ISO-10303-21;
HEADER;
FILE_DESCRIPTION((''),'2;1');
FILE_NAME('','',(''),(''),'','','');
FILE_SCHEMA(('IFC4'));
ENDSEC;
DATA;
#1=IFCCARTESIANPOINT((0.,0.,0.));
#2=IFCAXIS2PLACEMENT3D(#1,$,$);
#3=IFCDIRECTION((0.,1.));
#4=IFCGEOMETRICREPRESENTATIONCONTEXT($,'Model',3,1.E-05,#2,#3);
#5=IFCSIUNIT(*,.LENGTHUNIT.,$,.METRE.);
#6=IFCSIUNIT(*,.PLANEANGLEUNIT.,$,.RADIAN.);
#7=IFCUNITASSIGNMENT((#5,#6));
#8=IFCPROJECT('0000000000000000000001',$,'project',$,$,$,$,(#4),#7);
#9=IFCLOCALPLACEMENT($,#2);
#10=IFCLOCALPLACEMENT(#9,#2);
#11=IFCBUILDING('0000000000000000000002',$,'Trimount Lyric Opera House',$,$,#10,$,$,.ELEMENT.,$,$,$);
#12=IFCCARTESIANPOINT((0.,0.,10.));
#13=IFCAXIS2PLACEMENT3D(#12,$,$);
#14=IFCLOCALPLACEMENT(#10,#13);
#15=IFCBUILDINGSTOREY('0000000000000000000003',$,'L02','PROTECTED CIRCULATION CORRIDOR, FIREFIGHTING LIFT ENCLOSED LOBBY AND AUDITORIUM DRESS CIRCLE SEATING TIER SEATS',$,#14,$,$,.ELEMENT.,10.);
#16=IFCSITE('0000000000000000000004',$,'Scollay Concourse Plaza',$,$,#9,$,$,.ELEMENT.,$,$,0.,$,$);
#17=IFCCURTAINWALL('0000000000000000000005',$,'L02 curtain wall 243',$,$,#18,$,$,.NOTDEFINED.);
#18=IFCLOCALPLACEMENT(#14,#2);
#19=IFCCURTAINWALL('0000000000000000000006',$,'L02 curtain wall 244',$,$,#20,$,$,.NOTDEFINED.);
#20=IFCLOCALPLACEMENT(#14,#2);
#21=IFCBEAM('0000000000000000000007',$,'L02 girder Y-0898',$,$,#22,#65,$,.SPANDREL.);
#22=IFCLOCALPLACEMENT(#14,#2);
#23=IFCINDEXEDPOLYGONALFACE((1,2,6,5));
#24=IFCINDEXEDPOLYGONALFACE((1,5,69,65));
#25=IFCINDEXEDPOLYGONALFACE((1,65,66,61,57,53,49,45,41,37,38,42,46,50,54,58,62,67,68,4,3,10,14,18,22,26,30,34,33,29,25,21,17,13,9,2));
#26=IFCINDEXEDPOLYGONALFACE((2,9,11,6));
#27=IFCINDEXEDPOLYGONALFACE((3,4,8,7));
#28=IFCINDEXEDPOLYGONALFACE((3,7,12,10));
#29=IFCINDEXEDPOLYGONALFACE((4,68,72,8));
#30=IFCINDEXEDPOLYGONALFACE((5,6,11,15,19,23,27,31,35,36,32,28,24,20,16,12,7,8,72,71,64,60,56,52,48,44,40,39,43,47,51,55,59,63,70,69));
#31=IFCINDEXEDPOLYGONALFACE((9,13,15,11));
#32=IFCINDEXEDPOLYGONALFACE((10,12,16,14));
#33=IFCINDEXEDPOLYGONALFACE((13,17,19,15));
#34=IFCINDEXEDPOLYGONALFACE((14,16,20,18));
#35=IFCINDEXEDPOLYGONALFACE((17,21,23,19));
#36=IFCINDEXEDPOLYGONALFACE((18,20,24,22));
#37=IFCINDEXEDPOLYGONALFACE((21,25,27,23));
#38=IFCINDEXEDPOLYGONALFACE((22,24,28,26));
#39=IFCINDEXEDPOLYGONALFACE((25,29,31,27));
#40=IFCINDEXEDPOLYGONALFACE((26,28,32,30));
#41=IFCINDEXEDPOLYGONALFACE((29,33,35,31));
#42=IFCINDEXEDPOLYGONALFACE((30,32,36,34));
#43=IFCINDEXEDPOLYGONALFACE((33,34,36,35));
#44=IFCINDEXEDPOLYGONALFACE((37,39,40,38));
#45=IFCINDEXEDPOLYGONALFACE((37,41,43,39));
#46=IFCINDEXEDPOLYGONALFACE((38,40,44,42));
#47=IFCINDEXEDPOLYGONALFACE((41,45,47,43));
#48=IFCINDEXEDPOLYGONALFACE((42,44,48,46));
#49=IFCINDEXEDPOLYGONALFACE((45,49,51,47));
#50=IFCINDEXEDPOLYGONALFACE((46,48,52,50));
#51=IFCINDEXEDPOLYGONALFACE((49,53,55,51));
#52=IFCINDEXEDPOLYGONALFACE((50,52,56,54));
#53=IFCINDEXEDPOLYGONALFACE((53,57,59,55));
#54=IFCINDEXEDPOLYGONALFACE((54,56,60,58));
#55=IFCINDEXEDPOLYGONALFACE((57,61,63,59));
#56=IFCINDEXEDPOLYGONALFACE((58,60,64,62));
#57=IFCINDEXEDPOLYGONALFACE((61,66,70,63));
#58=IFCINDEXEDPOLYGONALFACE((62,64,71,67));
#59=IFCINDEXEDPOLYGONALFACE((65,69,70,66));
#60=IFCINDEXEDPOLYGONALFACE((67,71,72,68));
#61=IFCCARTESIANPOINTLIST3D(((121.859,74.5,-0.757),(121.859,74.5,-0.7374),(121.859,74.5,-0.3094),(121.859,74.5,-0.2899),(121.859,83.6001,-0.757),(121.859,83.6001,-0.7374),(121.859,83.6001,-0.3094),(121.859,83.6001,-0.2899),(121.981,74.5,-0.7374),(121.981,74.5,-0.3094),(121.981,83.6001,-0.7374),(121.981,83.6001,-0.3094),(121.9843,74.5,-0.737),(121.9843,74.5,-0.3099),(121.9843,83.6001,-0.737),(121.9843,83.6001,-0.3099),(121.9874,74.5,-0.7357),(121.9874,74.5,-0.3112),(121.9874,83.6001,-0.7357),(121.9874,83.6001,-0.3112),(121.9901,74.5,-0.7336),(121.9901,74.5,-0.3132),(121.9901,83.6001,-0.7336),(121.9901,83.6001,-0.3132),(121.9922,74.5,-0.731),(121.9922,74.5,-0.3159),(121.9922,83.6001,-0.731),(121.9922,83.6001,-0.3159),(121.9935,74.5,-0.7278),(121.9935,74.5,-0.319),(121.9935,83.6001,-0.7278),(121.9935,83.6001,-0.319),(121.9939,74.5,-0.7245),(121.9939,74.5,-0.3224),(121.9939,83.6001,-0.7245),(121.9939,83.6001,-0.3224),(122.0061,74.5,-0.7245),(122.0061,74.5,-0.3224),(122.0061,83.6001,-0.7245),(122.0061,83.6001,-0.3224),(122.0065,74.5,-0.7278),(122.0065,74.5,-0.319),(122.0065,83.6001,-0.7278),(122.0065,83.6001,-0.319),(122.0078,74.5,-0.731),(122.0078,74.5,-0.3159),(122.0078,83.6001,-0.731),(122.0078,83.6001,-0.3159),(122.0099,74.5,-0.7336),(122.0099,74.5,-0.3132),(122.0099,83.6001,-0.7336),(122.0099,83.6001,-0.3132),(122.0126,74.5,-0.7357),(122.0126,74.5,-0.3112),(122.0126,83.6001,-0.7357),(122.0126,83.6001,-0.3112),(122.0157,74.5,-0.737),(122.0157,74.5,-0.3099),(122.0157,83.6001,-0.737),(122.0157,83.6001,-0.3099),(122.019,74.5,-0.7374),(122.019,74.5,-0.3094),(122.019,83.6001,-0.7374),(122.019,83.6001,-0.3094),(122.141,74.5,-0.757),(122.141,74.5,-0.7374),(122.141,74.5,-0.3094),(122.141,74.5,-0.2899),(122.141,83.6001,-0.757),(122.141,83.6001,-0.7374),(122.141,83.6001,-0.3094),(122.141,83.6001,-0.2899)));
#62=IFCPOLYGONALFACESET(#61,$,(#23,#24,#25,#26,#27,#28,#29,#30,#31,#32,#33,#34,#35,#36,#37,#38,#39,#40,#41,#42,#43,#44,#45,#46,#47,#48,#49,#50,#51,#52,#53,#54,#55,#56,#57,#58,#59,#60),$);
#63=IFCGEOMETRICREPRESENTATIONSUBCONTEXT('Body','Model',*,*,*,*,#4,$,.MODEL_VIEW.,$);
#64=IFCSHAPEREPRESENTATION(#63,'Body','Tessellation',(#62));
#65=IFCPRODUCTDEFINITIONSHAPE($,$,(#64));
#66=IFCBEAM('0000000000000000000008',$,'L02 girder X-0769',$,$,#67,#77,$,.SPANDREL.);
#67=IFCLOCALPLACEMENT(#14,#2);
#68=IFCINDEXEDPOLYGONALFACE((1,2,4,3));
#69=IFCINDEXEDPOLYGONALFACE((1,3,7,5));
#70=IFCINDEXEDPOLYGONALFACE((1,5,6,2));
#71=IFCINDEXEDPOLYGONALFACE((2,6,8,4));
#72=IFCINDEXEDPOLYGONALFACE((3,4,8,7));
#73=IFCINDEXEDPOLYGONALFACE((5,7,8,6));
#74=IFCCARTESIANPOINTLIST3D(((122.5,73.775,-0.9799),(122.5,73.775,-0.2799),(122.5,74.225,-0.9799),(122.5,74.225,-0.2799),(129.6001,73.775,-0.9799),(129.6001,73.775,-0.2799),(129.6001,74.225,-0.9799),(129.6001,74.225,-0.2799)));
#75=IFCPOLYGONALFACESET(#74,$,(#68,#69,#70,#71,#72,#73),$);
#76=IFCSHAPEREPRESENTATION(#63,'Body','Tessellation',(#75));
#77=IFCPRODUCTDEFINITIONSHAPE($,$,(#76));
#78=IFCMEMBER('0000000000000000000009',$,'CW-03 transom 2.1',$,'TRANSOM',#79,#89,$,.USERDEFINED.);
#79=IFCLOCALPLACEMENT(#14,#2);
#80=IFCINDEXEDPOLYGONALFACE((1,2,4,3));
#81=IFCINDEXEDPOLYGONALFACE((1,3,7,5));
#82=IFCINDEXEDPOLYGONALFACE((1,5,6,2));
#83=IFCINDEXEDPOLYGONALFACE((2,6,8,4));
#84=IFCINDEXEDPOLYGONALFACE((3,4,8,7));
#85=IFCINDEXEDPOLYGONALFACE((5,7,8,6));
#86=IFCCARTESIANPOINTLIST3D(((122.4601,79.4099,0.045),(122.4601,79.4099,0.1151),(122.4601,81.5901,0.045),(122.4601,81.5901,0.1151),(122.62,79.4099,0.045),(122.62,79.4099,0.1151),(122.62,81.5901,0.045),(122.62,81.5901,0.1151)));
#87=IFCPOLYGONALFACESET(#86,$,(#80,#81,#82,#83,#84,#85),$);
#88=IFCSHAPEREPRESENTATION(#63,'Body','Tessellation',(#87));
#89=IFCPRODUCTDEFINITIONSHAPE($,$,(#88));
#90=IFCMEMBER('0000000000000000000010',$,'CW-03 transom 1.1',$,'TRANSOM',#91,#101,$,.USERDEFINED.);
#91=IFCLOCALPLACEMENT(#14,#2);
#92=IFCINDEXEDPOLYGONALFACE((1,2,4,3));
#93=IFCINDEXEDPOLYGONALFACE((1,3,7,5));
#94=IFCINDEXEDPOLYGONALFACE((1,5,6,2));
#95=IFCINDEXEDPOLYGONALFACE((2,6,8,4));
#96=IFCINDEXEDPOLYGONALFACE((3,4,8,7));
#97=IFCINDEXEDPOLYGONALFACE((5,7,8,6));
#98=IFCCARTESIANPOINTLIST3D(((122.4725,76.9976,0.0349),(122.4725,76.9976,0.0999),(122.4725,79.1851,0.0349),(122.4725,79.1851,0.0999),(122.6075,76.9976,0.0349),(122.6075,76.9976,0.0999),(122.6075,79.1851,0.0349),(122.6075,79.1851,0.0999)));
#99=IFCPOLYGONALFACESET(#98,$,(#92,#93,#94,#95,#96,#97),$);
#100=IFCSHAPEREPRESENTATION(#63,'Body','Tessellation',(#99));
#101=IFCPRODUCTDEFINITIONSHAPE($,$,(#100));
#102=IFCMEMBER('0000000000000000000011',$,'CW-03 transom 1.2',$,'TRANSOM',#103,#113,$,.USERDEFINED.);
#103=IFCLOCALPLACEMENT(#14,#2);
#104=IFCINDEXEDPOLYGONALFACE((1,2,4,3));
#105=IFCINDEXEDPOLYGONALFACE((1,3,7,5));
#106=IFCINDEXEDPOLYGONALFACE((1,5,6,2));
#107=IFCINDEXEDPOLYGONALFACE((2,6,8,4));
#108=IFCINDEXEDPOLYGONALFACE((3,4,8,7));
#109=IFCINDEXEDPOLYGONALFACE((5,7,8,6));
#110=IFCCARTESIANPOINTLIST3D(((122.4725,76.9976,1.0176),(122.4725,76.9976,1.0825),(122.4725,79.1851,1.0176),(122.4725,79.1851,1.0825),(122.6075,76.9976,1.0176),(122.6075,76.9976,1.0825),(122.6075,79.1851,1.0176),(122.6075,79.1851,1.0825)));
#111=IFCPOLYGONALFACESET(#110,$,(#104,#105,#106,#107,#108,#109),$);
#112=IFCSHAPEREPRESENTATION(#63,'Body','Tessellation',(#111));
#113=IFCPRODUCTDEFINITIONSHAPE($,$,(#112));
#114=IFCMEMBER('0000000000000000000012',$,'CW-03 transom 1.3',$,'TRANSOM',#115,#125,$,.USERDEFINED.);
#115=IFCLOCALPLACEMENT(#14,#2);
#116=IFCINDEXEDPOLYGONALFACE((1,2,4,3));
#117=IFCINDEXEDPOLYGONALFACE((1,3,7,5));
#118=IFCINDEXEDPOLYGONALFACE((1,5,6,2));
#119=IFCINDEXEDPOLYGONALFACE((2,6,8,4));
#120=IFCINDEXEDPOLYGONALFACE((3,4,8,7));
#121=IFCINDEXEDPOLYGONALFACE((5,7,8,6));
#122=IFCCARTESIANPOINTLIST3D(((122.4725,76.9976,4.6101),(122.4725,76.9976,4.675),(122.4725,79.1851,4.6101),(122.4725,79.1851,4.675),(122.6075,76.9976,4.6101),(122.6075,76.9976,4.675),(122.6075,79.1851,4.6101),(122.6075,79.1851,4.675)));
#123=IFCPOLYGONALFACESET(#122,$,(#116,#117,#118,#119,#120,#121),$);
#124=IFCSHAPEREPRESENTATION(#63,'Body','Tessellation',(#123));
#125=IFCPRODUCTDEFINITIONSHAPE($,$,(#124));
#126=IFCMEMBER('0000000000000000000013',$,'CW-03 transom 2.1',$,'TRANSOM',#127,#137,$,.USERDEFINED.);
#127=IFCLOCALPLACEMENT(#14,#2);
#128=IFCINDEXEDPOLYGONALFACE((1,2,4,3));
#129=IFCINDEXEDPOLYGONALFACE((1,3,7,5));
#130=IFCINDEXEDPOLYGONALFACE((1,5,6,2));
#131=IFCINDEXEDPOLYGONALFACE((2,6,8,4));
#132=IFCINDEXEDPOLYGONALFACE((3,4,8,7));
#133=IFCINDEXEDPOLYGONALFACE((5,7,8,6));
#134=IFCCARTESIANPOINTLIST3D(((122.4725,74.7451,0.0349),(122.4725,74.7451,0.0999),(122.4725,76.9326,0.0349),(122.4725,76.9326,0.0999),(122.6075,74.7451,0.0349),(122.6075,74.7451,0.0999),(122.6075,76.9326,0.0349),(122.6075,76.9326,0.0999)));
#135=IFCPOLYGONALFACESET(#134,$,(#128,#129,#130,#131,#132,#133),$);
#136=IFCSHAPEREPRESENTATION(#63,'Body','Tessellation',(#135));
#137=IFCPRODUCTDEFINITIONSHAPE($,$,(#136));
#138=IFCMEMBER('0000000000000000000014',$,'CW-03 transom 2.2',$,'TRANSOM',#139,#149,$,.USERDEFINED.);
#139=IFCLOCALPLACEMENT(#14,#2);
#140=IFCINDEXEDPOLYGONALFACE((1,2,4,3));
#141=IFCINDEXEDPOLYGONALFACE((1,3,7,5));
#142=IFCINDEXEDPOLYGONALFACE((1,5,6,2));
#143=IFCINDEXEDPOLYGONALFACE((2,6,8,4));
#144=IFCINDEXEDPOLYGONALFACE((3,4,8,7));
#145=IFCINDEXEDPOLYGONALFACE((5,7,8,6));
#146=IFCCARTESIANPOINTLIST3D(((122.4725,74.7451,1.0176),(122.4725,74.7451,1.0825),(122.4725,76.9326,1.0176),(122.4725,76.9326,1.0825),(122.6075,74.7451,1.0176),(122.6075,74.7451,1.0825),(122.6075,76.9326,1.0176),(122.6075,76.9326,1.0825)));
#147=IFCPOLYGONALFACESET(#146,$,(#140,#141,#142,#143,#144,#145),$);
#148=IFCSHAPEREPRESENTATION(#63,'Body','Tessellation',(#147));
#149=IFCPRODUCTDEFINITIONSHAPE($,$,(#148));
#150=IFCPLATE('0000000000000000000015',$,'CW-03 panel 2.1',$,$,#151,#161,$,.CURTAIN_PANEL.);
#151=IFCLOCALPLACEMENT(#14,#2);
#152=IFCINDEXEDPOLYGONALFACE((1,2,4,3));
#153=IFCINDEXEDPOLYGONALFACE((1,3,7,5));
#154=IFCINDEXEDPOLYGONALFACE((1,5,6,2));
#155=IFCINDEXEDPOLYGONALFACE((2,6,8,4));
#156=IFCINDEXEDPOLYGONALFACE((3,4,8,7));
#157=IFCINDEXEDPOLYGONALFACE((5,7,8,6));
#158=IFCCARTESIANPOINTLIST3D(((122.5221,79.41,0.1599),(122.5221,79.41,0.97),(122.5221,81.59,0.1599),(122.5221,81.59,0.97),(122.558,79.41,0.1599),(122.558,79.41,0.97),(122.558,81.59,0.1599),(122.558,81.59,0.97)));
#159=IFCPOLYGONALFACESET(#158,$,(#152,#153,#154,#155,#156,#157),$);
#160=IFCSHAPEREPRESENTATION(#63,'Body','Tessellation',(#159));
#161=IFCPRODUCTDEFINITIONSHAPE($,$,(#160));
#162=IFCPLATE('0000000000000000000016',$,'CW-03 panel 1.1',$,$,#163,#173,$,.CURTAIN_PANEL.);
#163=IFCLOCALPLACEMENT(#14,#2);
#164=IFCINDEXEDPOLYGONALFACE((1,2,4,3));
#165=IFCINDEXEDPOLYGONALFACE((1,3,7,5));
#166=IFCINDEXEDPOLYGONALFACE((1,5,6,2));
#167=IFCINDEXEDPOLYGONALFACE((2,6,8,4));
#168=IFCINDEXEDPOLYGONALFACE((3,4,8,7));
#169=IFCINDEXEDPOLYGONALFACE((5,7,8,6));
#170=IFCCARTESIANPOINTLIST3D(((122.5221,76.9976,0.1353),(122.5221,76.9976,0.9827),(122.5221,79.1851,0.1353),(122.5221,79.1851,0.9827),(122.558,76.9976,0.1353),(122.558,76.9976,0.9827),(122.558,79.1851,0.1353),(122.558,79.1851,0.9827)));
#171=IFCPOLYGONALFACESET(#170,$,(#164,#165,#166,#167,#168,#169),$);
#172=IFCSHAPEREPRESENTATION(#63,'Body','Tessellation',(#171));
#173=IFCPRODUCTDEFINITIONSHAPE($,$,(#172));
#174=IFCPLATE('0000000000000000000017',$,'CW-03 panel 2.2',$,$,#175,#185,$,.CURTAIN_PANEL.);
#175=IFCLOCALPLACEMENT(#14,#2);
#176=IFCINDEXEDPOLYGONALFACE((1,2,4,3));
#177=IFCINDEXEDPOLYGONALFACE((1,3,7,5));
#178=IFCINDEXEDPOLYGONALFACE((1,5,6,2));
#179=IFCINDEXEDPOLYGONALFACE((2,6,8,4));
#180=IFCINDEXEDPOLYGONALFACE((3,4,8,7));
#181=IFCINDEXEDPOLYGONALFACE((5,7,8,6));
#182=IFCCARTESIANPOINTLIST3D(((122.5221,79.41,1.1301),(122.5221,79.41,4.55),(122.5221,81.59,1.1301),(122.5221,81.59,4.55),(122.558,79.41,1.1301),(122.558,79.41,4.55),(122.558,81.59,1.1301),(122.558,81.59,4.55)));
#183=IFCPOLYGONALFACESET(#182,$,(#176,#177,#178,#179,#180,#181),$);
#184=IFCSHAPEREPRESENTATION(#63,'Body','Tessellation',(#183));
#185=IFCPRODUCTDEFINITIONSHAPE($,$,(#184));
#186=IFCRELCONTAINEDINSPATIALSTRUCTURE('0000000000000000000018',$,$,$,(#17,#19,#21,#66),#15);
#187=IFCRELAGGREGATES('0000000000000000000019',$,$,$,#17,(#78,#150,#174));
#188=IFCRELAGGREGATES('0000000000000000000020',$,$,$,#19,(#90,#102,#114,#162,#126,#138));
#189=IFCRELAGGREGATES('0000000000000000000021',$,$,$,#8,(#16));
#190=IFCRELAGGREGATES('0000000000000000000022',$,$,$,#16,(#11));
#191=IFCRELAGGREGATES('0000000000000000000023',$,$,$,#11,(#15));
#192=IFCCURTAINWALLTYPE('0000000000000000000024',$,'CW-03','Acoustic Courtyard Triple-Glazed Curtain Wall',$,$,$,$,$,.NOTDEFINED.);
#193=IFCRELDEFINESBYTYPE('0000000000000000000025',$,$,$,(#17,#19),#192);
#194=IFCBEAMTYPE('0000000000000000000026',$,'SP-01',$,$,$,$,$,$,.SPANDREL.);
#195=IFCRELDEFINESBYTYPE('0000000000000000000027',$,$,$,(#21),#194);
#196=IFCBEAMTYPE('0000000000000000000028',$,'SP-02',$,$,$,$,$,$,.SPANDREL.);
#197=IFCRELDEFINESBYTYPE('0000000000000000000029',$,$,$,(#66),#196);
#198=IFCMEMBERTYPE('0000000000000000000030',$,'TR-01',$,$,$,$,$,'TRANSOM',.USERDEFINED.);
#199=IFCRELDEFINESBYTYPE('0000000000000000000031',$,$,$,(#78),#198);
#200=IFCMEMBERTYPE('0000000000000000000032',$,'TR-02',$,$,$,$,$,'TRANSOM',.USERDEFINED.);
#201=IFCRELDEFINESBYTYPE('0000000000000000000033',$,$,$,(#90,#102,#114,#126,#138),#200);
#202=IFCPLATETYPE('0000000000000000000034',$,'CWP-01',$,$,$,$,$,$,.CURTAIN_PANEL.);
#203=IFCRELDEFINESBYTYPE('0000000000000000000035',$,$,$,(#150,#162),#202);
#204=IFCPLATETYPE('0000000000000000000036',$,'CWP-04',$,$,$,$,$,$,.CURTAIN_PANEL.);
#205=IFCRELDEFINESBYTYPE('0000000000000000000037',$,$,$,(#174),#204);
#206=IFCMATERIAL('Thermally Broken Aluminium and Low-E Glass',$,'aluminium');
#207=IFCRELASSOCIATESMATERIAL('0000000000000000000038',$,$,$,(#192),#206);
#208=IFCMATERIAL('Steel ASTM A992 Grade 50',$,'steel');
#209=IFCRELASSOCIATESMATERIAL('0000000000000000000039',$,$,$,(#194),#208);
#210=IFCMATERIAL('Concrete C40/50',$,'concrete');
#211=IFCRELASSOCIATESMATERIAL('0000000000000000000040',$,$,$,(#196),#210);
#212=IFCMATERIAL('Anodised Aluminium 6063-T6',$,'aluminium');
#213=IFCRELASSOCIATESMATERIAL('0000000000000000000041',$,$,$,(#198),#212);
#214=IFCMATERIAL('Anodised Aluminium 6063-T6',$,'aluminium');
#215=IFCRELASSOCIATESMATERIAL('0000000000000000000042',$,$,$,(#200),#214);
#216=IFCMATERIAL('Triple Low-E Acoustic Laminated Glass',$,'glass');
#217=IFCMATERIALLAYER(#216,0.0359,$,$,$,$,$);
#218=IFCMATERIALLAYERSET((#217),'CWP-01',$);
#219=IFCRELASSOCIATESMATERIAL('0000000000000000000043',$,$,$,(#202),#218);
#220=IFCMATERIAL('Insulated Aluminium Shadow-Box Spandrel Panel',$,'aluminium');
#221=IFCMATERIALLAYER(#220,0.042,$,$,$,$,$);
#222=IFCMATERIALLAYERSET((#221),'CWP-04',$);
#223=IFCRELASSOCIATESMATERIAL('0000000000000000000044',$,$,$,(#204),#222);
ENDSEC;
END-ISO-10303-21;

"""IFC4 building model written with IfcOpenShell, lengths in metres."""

from ifc_helpers import new_model, si_unit, direction, frame, origin, origin_2d, place, context, subcontext, project, spatial, rectangle, i_section, extrude, material, layer, layer_set, material_profile, profile_set, type_object, element, aggregate, save


model = new_model("IFC4")

# Units and contexts
model_context = context("Model", 3, precision=1e-05, world=origin(), true_north=direction((0.0, 1.0)))
body_context = subcontext(model_context, "Body", "Model", "MODEL_VIEW")
ifc_project = project(units=[si_unit("LENGTHUNIT", "METRE"), si_unit("PLANEANGLEUNIT", "RADIAN")], contexts=[model_context])

# Site, building, storey
site_placement = place(None, origin())
site = spatial("IfcSite", under=ifc_project, at=site_placement, Name="Scollay Concourse Plaza", CompositionType="ELEMENT", RefElevation=0.0)
building_placement = place(site_placement, origin())
building = spatial("IfcBuilding", under=site, at=building_placement, Name="Trimount Lyric Opera House", CompositionType="ELEMENT")
storey_placement = place(building_placement, frame((0.0, 0.0, 10.0)))
storey = spatial("IfcBuildingStorey", under=building, at=storey_placement, Name="L02", Description="PROTECTED CIRCULATION CORRIDOR, FIREFIGHTING LIFT ENCLOSED LOBBY AND AUDITORIUM DRESS CIRCLE SEATING TIER SEATS", CompositionType="ELEMENT", Elevation=10.0)

# Curtain wall
ifc_material_1 = material(Name="Thermally Broken Aluminium and Low-E Glass", Category="aluminium")
curtain_wall_type = type_object("IfcCurtainWallType", Name="CW-03", Description="Acoustic Courtyard Triple-Glazed Curtain Wall", PredefinedType="NOTDEFINED", material=ifc_material_1)
curtain_wall_1_placement = place(storey_placement, origin())
curtain_wall_1 = element("IfcCurtainWall", 1, at=curtain_wall_1_placement, inside=storey, type_object=curtain_wall_type, Name="L02 curtain wall 243", PredefinedType="NOTDEFINED")

# Curtain wall
curtain_wall_2_placement = place(storey_placement, origin())
curtain_wall_2 = element("IfcCurtainWall", 2, at=curtain_wall_2_placement, inside=storey, type_object=curtain_wall_type, Name="L02 curtain wall 244", PredefinedType="NOTDEFINED")

# Beams
ifc_material_2 = material(Name="Steel ASTM A992 Grade 50", Category="steel")
ifc_material_profile_1 = material_profile(ifc_material_2, i_section(OverallWidth=0.282, OverallDepth=0.467, WebThickness=0.0122, FlangeThickness=0.0195, FilletRadius=0.0129, at=origin_2d()), Name="W18X86")
ifc_profile_set_1 = profile_set([ifc_material_profile_1], Name="Steel ASTM A992 Grade 50")
beam_type_1 = type_object("IfcBeamType", Name="SP-01", PredefinedType="SPANDREL", material=ifc_profile_set_1)
beam_1_placement = place(storey_placement, frame((122.0, 74.5, -0.5234), z_axis=(0.0, 1.0, 0.0), x_axis=(-1.0, 0.0, 0.0)))
element("IfcBeam", 3, at=beam_1_placement, inside=storey, type_object=beam_type_1, Name="L02 girder Y-0898", PredefinedType="SPANDREL", context=body_context, shape_type="SweptSolid", body=[
    extrude(i_section(OverallWidth=0.282, OverallDepth=0.467, WebThickness=0.0122, FlangeThickness=0.0195, FilletRadius=0.0129, at=origin_2d()), origin(), (0.0, 0.0, 1.0), 9.1001),
])
ifc_material_3 = material(Name="Concrete C40/50", Category="concrete")
ifc_material_profile_2 = material_profile(ifc_material_3, rectangle(XDim=0.45, YDim=0.7, at=origin_2d()), Name="RC450X700")
ifc_profile_set_2 = profile_set([ifc_material_profile_2], Name="Concrete C40/50")
beam_type_2 = type_object("IfcBeamType", Name="SP-02", PredefinedType="SPANDREL", material=ifc_profile_set_2)
beam_2_placement = place(storey_placement, frame((122.5, 74.0, -0.6299), z_axis=(1.0, 0.0, 0.0), x_axis=(0.0, 1.0, 0.0)))
element("IfcBeam", 4, at=beam_2_placement, inside=storey, type_object=beam_type_2, Name="L02 girder X-0769", PredefinedType="SPANDREL", context=body_context, shape_type="SweptSolid", body=[
    extrude(rectangle(XDim=0.45, YDim=0.7, at=origin_2d()), origin(), (0.0, 0.0, 1.0), 7.1001),
])

# Members
ifc_material_4 = material(Name="Anodised Aluminium 6063-T6", Category="aluminium")
ifc_material_profile_3 = material_profile(ifc_material_4, rectangle(XDim=0.1599, YDim=0.0701, at=origin_2d()), Name="ALU-TRAN-70X160")
ifc_profile_set_3 = profile_set([ifc_material_profile_3], Name="Anodised Aluminium 6063-T6")
member_type_1 = type_object("IfcMemberType", Name="TR-01", ElementType="TRANSOM", PredefinedType="USERDEFINED", material=ifc_profile_set_3)
member_1_placement = place(storey_placement, frame((122.54, 81.5901, 0.0801), z_axis=(0.0, -1.0, 0.0), x_axis=(1.0, 0.0, 0.0)))
member_1 = element("IfcMember", 5, at=member_1_placement, type_object=member_type_1, Name="CW-03 transom 2.1", ObjectType="TRANSOM", PredefinedType="USERDEFINED", context=body_context, shape_type="SweptSolid", body=[
    extrude(rectangle(XDim=0.1599, YDim=0.0701, at=origin_2d()), origin(), (0.0, 0.0, 1.0), 2.1802),
])
ifc_material_5 = material(Name="Anodised Aluminium 6063-T6", Category="aluminium")
ifc_material_profile_4 = material_profile(ifc_material_5, rectangle(XDim=0.135, YDim=0.0649, at=origin_2d()), Name="ALU-TRAN-65X135")
ifc_profile_set_4 = profile_set([ifc_material_profile_4], Name="Anodised Aluminium 6063-T6")
member_type_2 = type_object("IfcMemberType", Name="TR-02", ElementType="TRANSOM", PredefinedType="USERDEFINED", material=ifc_profile_set_4)
member_2_placement = place(storey_placement, frame((122.54, 79.1851, 0.0674), z_axis=(0.0, -1.0, 0.0), x_axis=(1.0, 0.0, 0.0)))
member_2 = element("IfcMember", 6, at=member_2_placement, type_object=member_type_2, Name="CW-03 transom 1.1", ObjectType="TRANSOM", PredefinedType="USERDEFINED", context=body_context, shape_type="SweptSolid", body=[
    extrude(rectangle(XDim=0.135, YDim=0.0649, at=origin_2d()), origin(), (0.0, 0.0, 1.0), 2.1875),
])
member_3_placement = place(storey_placement, frame((122.54, 79.1851, 1.05), z_axis=(0.0, -1.0, 0.0), x_axis=(1.0, 0.0, 0.0)))
member_3 = element("IfcMember", 7, at=member_3_placement, type_object=member_type_2, Name="CW-03 transom 1.2", ObjectType="TRANSOM", PredefinedType="USERDEFINED", context=body_context, shape_type="SweptSolid", body=[
    extrude(rectangle(XDim=0.135, YDim=0.0649, at=origin_2d()), origin(), (0.0, 0.0, 1.0), 2.1875),
])
member_4_placement = place(storey_placement, frame((122.54, 79.1851, 4.6426), z_axis=(0.0, -1.0, 0.0), x_axis=(1.0, 0.0, 0.0)))
member_4 = element("IfcMember", 8, at=member_4_placement, type_object=member_type_2, Name="CW-03 transom 1.3", ObjectType="TRANSOM", PredefinedType="USERDEFINED", context=body_context, shape_type="SweptSolid", body=[
    extrude(rectangle(XDim=0.135, YDim=0.0649, at=origin_2d()), origin(), (0.0, 0.0, 1.0), 2.1875),
])
member_5_placement = place(storey_placement, frame((122.54, 76.9326, 0.0674), z_axis=(0.0, -1.0, 0.0), x_axis=(1.0, 0.0, 0.0)))
member_5 = element("IfcMember", 9, at=member_5_placement, type_object=member_type_2, Name="CW-03 transom 2.1", ObjectType="TRANSOM", PredefinedType="USERDEFINED", context=body_context, shape_type="SweptSolid", body=[
    extrude(rectangle(XDim=0.135, YDim=0.0649, at=origin_2d()), origin(), (0.0, 0.0, 1.0), 2.1875),
])
member_6_placement = place(storey_placement, frame((122.54, 76.9326, 1.05), z_axis=(0.0, -1.0, 0.0), x_axis=(1.0, 0.0, 0.0)))
member_6 = element("IfcMember", 10, at=member_6_placement, type_object=member_type_2, Name="CW-03 transom 2.2", ObjectType="TRANSOM", PredefinedType="USERDEFINED", context=body_context, shape_type="SweptSolid", body=[
    extrude(rectangle(XDim=0.135, YDim=0.0649, at=origin_2d()), origin(), (0.0, 0.0, 1.0), 2.1875),
])

# Plates
ifc_material_6 = material(Name="Triple Low-E Acoustic Laminated Glass", Category="glass")
ifc_layer_1 = layer(ifc_material_6, 0.0359)
ifc_layer_set_1 = layer_set([ifc_layer_1], Name="CWP-01")
plate_type_1 = type_object("IfcPlateType", Name="CWP-01", PredefinedType="CURTAIN_PANEL", material=ifc_layer_set_1)
plate_1_placement = place(storey_placement, frame((122.54, 80.5, 0.1599), z_axis=(0.0, 0.0, 1.0), x_axis=(0.0, -1.0, 0.0)))
plate_1 = element("IfcPlate", 11, at=plate_1_placement, type_object=plate_type_1, Name="CW-03 panel 2.1", PredefinedType="CURTAIN_PANEL", context=body_context, shape_type="SweptSolid", body=[
    extrude(rectangle(XDim=2.1799, YDim=0.0359, at=origin_2d()), origin(), (0.0, 0.0, 1.0), 0.8101),
])
plate_2_placement = place(storey_placement, frame((122.54, 78.0913, 0.1353), z_axis=(0.0, 0.0, 1.0), x_axis=(0.0, -1.0, 0.0)))
plate_2 = element("IfcPlate", 12, at=plate_2_placement, type_object=plate_type_1, Name="CW-03 panel 1.1", PredefinedType="CURTAIN_PANEL", context=body_context, shape_type="SweptSolid", body=[
    extrude(rectangle(XDim=2.1875, YDim=0.0359, at=origin_2d()), origin(), (0.0, 0.0, 1.0), 0.8474),
])
ifc_material_7 = material(Name="Insulated Aluminium Shadow-Box Spandrel Panel", Category="aluminium")
ifc_layer_2 = layer(ifc_material_7, 0.042)
ifc_layer_set_2 = layer_set([ifc_layer_2], Name="CWP-04")
plate_type_2 = type_object("IfcPlateType", Name="CWP-04", PredefinedType="CURTAIN_PANEL", material=ifc_layer_set_2)
plate_3_placement = place(storey_placement, frame((122.54, 80.5, 1.1301), z_axis=(0.0, 0.0, 1.0), x_axis=(0.0, -1.0, 0.0)))
plate_3 = element("IfcPlate", 13, at=plate_3_placement, type_object=plate_type_2, Name="CW-03 panel 2.2", PredefinedType="CURTAIN_PANEL", context=body_context, shape_type="SweptSolid", body=[
    extrude(rectangle(XDim=2.1799, YDim=0.0359, at=origin_2d()), origin(), (0.0, 0.0, 1.0), 3.4199),
])
aggregate(curtain_wall_1, [member_1, plate_1, plate_3])
aggregate(curtain_wall_2, [member_2, member_3, member_4, plate_2, member_5, member_6])

save(model, "model.ifc")
